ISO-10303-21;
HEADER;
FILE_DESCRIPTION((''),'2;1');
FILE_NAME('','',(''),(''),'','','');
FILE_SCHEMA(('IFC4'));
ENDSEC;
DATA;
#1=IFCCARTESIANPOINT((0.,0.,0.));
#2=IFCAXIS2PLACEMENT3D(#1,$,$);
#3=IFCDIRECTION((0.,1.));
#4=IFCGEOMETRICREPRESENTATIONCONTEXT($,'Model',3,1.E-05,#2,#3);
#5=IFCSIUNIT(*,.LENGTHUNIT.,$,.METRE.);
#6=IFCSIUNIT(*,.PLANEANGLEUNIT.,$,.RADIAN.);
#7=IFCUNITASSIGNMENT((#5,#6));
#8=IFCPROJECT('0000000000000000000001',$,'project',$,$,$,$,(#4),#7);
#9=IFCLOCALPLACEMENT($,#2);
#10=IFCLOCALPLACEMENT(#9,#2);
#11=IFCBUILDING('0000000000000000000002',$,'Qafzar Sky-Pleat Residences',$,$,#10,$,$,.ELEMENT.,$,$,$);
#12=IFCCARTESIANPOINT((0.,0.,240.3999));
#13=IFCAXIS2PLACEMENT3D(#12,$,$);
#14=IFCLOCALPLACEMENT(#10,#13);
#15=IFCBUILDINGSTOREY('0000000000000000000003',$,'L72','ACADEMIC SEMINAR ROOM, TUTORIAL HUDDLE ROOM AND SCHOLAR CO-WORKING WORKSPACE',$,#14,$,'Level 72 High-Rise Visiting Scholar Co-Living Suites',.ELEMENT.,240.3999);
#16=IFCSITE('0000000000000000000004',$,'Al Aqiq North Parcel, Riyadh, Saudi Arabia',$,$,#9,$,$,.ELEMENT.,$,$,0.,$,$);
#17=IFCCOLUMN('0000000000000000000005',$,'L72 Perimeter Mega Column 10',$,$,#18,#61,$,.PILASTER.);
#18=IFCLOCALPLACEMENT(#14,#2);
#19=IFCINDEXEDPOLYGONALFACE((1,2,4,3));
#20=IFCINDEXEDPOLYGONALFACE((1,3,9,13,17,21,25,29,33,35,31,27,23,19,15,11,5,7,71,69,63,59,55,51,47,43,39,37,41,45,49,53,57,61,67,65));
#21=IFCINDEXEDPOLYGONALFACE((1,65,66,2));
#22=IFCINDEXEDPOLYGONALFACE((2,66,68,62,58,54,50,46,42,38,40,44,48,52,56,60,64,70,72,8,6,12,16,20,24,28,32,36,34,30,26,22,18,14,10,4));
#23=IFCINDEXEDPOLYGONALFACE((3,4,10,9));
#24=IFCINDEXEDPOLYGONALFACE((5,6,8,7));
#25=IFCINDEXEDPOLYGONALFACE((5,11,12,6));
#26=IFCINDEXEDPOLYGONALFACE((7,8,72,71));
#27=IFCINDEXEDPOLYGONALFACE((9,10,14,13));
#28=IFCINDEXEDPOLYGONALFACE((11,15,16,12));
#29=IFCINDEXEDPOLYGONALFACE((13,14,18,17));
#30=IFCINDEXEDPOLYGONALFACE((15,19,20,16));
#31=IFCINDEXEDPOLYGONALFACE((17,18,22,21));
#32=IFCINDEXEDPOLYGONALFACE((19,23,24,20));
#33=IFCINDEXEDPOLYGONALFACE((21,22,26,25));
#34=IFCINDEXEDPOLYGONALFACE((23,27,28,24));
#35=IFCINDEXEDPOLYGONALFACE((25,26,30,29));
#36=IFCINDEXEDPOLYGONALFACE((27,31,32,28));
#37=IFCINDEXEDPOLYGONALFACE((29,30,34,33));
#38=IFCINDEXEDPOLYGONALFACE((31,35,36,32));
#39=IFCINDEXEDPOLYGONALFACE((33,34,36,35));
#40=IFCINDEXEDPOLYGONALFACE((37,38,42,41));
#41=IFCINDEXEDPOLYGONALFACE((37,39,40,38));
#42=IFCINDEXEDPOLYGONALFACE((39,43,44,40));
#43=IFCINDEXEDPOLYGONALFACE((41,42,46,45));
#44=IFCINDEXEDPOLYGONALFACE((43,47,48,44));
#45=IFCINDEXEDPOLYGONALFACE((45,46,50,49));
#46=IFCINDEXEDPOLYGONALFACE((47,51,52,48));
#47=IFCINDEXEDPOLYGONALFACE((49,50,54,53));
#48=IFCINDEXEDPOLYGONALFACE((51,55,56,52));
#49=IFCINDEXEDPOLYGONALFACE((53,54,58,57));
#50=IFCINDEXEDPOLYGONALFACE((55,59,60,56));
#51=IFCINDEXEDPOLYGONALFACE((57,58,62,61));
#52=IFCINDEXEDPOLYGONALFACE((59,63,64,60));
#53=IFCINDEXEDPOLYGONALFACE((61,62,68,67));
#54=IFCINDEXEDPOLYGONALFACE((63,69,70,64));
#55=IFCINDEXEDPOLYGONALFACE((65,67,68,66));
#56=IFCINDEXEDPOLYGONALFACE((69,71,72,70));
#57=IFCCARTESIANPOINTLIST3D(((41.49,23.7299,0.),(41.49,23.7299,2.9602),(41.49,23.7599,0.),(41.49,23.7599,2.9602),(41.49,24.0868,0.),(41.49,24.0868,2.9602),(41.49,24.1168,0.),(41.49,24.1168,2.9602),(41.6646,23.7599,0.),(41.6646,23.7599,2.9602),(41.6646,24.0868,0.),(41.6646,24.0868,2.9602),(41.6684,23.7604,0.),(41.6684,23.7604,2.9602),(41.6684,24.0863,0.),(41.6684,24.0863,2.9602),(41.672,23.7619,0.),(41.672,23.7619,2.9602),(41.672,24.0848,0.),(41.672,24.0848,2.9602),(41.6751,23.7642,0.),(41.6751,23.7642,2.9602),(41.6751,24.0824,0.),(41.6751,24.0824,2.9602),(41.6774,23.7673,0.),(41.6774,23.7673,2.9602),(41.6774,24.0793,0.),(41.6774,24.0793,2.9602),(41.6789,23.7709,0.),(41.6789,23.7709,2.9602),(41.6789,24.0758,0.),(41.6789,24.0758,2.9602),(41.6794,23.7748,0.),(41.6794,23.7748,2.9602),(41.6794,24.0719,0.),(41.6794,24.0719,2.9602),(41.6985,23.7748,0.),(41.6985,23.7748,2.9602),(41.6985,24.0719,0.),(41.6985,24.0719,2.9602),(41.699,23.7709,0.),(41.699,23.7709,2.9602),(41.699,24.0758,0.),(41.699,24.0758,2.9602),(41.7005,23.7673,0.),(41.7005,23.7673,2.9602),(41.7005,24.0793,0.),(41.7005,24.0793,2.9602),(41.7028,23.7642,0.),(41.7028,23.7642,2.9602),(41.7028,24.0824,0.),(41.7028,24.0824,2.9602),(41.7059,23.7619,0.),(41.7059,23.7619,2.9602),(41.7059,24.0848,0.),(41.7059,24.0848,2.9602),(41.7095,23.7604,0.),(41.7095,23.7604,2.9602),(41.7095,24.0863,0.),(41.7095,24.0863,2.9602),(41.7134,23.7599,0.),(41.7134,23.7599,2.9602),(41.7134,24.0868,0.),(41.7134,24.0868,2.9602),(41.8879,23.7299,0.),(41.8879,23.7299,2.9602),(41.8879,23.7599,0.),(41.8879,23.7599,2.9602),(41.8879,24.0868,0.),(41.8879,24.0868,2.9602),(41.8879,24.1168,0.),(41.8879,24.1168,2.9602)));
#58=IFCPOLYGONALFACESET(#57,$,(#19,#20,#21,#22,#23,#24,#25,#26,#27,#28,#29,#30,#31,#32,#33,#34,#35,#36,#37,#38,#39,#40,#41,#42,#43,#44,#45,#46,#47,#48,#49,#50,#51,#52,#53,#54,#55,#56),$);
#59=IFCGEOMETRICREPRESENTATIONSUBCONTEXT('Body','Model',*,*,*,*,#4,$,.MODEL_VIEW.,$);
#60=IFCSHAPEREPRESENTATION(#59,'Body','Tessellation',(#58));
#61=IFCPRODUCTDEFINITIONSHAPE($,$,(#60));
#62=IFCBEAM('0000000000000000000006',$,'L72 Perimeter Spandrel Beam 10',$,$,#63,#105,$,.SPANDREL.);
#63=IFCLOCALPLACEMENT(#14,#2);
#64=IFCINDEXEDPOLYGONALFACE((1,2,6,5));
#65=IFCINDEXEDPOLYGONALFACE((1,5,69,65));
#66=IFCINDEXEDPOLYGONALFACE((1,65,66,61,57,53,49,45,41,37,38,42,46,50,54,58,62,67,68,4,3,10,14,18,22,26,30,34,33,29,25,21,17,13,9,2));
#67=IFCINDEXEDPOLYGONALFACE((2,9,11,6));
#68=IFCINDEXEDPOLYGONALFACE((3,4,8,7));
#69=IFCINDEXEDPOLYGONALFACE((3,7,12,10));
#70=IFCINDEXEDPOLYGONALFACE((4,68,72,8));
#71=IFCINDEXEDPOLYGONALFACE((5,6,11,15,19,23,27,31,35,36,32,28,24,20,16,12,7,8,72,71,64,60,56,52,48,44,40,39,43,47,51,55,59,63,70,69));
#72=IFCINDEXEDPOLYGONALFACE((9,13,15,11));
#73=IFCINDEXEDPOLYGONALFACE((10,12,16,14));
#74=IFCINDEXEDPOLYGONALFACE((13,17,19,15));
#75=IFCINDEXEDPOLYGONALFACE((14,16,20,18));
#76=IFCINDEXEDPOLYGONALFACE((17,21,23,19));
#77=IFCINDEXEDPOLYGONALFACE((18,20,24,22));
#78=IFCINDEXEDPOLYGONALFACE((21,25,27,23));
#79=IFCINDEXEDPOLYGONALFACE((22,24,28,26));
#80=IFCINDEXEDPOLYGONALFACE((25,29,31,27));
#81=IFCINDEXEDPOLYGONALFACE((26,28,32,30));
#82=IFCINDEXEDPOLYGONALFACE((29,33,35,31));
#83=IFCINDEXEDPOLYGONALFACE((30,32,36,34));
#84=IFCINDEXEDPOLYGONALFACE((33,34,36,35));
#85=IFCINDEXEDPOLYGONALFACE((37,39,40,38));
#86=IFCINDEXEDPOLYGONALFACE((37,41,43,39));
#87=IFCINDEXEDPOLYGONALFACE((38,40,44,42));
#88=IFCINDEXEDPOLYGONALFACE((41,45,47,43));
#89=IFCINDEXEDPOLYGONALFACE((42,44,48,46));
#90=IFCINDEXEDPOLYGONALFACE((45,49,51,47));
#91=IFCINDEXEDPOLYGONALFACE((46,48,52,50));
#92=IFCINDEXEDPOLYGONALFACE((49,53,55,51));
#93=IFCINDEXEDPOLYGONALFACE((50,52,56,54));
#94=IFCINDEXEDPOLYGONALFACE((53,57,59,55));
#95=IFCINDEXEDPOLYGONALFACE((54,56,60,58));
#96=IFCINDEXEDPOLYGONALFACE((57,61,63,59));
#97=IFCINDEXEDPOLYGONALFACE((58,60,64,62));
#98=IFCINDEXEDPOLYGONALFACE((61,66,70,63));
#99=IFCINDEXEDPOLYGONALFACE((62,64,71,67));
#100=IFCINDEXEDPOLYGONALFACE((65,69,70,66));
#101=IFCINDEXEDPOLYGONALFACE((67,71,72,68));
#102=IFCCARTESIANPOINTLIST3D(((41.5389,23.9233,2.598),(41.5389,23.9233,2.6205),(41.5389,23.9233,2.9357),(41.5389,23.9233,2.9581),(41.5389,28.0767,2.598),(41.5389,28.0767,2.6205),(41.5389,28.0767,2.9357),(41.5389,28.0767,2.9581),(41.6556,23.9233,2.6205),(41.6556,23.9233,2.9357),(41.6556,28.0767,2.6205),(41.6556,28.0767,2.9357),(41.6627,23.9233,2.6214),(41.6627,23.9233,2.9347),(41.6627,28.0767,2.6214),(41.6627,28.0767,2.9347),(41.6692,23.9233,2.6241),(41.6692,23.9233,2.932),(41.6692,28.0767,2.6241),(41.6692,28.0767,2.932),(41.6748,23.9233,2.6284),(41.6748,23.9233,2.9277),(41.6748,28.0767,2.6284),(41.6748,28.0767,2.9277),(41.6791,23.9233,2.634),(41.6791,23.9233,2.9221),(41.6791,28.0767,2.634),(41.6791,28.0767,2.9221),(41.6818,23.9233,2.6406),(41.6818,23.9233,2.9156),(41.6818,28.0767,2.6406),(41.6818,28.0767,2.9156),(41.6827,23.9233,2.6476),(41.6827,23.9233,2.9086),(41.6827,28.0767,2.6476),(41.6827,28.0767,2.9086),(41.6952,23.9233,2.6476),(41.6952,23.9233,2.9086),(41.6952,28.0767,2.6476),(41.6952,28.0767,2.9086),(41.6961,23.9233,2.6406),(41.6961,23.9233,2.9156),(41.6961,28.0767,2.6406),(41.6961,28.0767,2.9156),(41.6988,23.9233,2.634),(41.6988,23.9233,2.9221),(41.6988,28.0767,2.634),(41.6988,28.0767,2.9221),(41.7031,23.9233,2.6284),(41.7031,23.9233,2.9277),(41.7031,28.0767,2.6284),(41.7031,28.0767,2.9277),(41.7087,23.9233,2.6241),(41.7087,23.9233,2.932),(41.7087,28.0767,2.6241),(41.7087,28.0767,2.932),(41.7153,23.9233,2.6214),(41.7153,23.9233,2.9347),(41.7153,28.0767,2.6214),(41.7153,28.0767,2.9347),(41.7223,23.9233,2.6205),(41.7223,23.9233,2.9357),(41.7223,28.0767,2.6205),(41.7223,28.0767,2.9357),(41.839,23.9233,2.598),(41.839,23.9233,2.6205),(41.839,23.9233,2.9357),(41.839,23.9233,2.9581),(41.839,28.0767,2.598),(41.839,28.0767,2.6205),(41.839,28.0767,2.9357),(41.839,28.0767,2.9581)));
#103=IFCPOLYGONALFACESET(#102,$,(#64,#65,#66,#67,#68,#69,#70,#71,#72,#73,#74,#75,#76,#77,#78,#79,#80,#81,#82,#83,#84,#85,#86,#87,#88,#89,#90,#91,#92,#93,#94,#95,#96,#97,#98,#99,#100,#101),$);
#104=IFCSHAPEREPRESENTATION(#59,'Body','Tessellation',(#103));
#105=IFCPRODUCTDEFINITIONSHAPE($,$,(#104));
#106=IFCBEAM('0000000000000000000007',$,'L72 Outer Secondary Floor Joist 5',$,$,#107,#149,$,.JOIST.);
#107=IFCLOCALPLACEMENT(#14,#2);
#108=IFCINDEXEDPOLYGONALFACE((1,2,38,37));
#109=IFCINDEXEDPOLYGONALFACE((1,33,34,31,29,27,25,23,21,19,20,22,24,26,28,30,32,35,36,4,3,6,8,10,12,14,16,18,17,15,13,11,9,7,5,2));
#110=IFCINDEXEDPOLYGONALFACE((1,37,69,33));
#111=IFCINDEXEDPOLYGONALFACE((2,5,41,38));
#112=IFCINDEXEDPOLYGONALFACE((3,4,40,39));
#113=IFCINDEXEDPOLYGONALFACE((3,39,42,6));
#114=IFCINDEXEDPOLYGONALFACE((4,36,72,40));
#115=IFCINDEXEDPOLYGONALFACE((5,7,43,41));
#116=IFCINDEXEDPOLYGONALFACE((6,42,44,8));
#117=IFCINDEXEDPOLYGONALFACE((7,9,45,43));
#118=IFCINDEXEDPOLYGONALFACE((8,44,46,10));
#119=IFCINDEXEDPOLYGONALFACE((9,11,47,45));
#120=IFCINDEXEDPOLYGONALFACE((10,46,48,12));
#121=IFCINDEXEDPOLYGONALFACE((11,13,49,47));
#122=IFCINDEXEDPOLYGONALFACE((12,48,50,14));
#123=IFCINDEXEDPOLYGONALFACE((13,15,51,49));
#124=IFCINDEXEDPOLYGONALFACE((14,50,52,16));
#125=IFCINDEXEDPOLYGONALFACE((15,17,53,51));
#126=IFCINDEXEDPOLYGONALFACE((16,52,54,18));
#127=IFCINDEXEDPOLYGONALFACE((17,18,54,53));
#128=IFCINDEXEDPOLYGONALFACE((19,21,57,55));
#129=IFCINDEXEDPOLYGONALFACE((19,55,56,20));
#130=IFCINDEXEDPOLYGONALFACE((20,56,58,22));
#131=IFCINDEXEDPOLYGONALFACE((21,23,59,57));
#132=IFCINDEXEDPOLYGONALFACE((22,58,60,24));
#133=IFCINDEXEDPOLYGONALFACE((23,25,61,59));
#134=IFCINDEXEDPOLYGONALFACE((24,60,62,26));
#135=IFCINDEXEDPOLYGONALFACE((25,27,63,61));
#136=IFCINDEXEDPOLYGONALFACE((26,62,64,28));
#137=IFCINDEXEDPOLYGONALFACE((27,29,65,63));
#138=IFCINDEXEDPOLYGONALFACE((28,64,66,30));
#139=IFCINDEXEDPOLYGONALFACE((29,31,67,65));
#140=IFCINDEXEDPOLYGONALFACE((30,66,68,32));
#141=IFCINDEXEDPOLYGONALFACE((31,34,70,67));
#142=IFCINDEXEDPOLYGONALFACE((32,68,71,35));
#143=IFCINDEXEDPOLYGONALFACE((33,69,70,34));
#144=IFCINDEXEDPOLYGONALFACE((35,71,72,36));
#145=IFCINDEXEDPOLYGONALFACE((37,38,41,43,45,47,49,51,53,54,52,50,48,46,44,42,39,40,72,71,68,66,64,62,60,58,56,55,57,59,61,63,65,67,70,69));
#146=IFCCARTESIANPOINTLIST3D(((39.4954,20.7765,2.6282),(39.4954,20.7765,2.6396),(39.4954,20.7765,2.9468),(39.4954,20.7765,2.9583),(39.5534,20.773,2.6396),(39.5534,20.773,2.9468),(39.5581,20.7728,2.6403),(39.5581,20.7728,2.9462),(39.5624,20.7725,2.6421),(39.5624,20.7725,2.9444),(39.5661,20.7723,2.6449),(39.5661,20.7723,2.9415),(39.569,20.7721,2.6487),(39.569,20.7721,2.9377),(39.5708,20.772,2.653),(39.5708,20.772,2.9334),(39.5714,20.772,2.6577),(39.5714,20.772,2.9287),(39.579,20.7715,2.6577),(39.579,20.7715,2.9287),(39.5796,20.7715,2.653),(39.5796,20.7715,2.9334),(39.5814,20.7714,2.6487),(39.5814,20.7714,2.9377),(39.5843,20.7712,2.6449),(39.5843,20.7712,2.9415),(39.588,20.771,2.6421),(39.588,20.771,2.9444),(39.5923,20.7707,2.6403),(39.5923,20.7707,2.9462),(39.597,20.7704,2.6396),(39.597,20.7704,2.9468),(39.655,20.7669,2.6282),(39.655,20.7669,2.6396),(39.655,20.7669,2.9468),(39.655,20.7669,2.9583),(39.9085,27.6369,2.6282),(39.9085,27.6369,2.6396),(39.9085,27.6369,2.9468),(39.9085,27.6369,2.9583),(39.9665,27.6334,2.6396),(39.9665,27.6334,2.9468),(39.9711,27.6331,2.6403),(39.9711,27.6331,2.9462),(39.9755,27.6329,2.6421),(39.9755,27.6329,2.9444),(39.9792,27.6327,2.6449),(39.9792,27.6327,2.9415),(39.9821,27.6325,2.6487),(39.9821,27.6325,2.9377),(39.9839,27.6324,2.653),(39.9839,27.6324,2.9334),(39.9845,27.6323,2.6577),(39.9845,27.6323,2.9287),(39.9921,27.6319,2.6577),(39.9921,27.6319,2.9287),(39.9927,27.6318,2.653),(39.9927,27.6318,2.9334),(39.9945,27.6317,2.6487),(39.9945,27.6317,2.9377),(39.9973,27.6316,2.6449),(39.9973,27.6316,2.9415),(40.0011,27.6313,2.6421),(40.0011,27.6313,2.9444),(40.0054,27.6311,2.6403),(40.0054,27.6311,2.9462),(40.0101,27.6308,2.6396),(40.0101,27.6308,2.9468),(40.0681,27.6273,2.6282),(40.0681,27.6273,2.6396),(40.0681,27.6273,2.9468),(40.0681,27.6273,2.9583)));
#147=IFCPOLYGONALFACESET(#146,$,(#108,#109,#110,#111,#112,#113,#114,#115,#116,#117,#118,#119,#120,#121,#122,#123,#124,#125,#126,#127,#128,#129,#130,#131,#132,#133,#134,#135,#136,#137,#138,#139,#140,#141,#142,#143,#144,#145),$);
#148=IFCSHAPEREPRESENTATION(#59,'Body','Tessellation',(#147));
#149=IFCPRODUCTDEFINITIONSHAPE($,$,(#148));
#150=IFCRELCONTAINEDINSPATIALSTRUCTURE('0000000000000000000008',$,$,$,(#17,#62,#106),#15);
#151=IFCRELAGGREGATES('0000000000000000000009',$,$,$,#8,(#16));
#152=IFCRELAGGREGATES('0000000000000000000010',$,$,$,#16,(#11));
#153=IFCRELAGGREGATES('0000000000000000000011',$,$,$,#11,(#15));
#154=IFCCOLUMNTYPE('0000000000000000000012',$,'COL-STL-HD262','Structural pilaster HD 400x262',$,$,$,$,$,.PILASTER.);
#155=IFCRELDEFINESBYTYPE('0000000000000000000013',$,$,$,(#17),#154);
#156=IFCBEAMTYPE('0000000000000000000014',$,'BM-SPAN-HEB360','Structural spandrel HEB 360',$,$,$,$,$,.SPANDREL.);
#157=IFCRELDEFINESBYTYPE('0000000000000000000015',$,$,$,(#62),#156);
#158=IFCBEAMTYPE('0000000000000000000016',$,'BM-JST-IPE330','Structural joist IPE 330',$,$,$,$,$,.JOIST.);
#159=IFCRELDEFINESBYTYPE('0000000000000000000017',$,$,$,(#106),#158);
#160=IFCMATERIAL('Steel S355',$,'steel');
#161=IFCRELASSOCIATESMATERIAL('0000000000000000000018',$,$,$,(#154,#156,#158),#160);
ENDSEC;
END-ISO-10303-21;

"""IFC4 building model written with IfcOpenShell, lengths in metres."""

from ifc_helpers import new_model, si_unit, direction, frame, origin, origin_2d, place, context, subcontext, project, spatial, i_section, extrude, source, transform, mapped, material, material_profile, profile_set, type_object, element, save


model = new_model("IFC4")

# Units and contexts
model_context = context("Model", 3, precision=1e-05, world=origin(), true_north=direction((0.0, 1.0)))
body_context = subcontext(model_context, "Body", "Model", "MODEL_VIEW")
ifc_project = project(units=[si_unit("LENGTHUNIT", "METRE"), si_unit("PLANEANGLEUNIT", "RADIAN")], contexts=[model_context])

# Site, building, storey
site_placement = place(None, origin())
site = spatial("IfcSite", under=ifc_project, at=site_placement, Name="Al Aqiq North Parcel, Riyadh, Saudi Arabia", CompositionType="ELEMENT", RefElevation=0.0)
building_placement = place(site_placement, origin())
building = spatial("IfcBuilding", under=site, at=building_placement, Name="Qafzar Sky-Pleat Residences", CompositionType="ELEMENT")
storey_placement = place(building_placement, frame((0.0, 0.0, 240.3999)))
storey = spatial("IfcBuildingStorey", under=building, at=storey_placement, Name="L72", Description="ACADEMIC SEMINAR ROOM, TUTORIAL HUDDLE ROOM AND SCHOLAR CO-WORKING WORKSPACE", LongName="Level 72 High-Rise Visiting Scholar Co-Living Suites", CompositionType="ELEMENT", Elevation=240.3999)

# Column
ifc_material_1 = material(Name="Steel S355", Category="steel")
ifc_material_profile_1 = material_profile(ifc_material_1, i_section(OverallWidth=0.3979, OverallDepth=0.387, WebThickness=0.019, FlangeThickness=0.03, FilletRadius=0.0149, at=origin_2d()), Name="HD 400x262")
ifc_profile_set_1 = profile_set([ifc_material_profile_1], Name="Steel S355")
column_type = type_object("IfcColumnType", Name="COL-STL-HD262", Description="Structural pilaster HD 400x262", PredefinedType="PILASTER", material=ifc_profile_set_1)
shared_shape_1 = source(origin(), body_context, "Body", "SweptSolid", [
    extrude(i_section(OverallWidth=0.3979, OverallDepth=0.387, WebThickness=0.019, FlangeThickness=0.03, FilletRadius=0.0149, at=origin_2d()), origin(), (0.0, 0.0, 1.0), 2.9602),
])
column_placement = place(storey_placement, frame((41.689, 23.9233, 0.0), z_axis=(0.0, 0.0, 1.0), x_axis=(1.0, 0.0, 0.0)))
element("IfcColumn", 1, at=column_placement, inside=storey, type_object=column_type, Name="L72 Perimeter Mega Column 10", PredefinedType="PILASTER", context=body_context, shape_type="MappedRepresentation", body=[
    mapped(shared_shape_1, transform((0.0, 0.0, 0.0), x_axis=(1.0, 0.0, 0.0), y_axis=(0.0, 1.0, 0.0), z_axis=(0.0, 0.0, 1.0), scale=1.0)),
])

# Beams
ifc_material_profile_2 = material_profile(ifc_material_1, i_section(OverallWidth=0.3, OverallDepth=0.3601, WebThickness=0.0125, FlangeThickness=0.0225, FilletRadius=0.0271, at=origin_2d()), Name="HEB 360")
ifc_profile_set_2 = profile_set([ifc_material_profile_2], Name="Steel S355")
beam_type_1 = type_object("IfcBeamType", Name="BM-SPAN-HEB360", Description="Structural spandrel HEB 360", PredefinedType="SPANDREL", material=ifc_profile_set_2)
shared_shape_2 = source(origin(), body_context, "Body", "SweptSolid", [
    extrude(i_section(OverallWidth=0.3, OverallDepth=0.3601, WebThickness=0.0125, FlangeThickness=0.0225, FilletRadius=0.0271, at=origin_2d()), origin(), (0.0, 0.0, 1.0), 4.1533),
])
beam_1_placement = place(storey_placement, frame((41.689, 23.9233, 2.7781), z_axis=(0.0, 1.0, 0.0), x_axis=(-1.0, 0.0, 0.0)))
element("IfcBeam", 2, at=beam_1_placement, inside=storey, type_object=beam_type_1, Name="L72 Perimeter Spandrel Beam 10", PredefinedType="SPANDREL", context=body_context, shape_type="MappedRepresentation", body=[
    mapped(shared_shape_2, transform((0.0, 0.0, 0.0), x_axis=(1.0, 0.0, 0.0), y_axis=(0.0, 1.0, 0.0), z_axis=(0.0, 0.0, 1.0), scale=1.0)),
])
ifc_material_profile_3 = material_profile(ifc_material_1, i_section(OverallWidth=0.1599, OverallDepth=0.3301, WebThickness=0.0076, FlangeThickness=0.0115, FilletRadius=0.0181, at=origin_2d()), Name="IPE 330")
ifc_profile_set_3 = profile_set([ifc_material_profile_3], Name="Steel S355")
beam_type_2 = type_object("IfcBeamType", Name="BM-JST-IPE330", Description="Structural joist IPE 330", PredefinedType="JOIST", material=ifc_profile_set_3)
shared_shape_3 = source(origin(), body_context, "Body", "SweptSolid", [
    extrude(i_section(OverallWidth=0.1599, OverallDepth=0.3301, WebThickness=0.0076, FlangeThickness=0.0115, FilletRadius=0.0181, at=origin_2d()), origin(), (0.0, 0.0, 1.0), 6.8728),
])
beam_2_placement = place(storey_placement, frame((39.5752, 20.7717, 2.7932), z_axis=(0.060105, 0.998192, 0.0), x_axis=(-0.998192, 0.060105, 0.0)))
element("IfcBeam", 3, at=beam_2_placement, inside=storey, type_object=beam_type_2, Name="L72 Outer Secondary Floor Joist 5", PredefinedType="JOIST", context=body_context, shape_type="MappedRepresentation", body=[
    mapped(shared_shape_3, transform((0.0, 0.0, 0.0), x_axis=(1.0, 0.0, 0.0), y_axis=(0.0, 1.0, 0.0), z_axis=(0.0, 0.0, 1.0), scale=1.0)),
])

save(model, "model.ifc")
